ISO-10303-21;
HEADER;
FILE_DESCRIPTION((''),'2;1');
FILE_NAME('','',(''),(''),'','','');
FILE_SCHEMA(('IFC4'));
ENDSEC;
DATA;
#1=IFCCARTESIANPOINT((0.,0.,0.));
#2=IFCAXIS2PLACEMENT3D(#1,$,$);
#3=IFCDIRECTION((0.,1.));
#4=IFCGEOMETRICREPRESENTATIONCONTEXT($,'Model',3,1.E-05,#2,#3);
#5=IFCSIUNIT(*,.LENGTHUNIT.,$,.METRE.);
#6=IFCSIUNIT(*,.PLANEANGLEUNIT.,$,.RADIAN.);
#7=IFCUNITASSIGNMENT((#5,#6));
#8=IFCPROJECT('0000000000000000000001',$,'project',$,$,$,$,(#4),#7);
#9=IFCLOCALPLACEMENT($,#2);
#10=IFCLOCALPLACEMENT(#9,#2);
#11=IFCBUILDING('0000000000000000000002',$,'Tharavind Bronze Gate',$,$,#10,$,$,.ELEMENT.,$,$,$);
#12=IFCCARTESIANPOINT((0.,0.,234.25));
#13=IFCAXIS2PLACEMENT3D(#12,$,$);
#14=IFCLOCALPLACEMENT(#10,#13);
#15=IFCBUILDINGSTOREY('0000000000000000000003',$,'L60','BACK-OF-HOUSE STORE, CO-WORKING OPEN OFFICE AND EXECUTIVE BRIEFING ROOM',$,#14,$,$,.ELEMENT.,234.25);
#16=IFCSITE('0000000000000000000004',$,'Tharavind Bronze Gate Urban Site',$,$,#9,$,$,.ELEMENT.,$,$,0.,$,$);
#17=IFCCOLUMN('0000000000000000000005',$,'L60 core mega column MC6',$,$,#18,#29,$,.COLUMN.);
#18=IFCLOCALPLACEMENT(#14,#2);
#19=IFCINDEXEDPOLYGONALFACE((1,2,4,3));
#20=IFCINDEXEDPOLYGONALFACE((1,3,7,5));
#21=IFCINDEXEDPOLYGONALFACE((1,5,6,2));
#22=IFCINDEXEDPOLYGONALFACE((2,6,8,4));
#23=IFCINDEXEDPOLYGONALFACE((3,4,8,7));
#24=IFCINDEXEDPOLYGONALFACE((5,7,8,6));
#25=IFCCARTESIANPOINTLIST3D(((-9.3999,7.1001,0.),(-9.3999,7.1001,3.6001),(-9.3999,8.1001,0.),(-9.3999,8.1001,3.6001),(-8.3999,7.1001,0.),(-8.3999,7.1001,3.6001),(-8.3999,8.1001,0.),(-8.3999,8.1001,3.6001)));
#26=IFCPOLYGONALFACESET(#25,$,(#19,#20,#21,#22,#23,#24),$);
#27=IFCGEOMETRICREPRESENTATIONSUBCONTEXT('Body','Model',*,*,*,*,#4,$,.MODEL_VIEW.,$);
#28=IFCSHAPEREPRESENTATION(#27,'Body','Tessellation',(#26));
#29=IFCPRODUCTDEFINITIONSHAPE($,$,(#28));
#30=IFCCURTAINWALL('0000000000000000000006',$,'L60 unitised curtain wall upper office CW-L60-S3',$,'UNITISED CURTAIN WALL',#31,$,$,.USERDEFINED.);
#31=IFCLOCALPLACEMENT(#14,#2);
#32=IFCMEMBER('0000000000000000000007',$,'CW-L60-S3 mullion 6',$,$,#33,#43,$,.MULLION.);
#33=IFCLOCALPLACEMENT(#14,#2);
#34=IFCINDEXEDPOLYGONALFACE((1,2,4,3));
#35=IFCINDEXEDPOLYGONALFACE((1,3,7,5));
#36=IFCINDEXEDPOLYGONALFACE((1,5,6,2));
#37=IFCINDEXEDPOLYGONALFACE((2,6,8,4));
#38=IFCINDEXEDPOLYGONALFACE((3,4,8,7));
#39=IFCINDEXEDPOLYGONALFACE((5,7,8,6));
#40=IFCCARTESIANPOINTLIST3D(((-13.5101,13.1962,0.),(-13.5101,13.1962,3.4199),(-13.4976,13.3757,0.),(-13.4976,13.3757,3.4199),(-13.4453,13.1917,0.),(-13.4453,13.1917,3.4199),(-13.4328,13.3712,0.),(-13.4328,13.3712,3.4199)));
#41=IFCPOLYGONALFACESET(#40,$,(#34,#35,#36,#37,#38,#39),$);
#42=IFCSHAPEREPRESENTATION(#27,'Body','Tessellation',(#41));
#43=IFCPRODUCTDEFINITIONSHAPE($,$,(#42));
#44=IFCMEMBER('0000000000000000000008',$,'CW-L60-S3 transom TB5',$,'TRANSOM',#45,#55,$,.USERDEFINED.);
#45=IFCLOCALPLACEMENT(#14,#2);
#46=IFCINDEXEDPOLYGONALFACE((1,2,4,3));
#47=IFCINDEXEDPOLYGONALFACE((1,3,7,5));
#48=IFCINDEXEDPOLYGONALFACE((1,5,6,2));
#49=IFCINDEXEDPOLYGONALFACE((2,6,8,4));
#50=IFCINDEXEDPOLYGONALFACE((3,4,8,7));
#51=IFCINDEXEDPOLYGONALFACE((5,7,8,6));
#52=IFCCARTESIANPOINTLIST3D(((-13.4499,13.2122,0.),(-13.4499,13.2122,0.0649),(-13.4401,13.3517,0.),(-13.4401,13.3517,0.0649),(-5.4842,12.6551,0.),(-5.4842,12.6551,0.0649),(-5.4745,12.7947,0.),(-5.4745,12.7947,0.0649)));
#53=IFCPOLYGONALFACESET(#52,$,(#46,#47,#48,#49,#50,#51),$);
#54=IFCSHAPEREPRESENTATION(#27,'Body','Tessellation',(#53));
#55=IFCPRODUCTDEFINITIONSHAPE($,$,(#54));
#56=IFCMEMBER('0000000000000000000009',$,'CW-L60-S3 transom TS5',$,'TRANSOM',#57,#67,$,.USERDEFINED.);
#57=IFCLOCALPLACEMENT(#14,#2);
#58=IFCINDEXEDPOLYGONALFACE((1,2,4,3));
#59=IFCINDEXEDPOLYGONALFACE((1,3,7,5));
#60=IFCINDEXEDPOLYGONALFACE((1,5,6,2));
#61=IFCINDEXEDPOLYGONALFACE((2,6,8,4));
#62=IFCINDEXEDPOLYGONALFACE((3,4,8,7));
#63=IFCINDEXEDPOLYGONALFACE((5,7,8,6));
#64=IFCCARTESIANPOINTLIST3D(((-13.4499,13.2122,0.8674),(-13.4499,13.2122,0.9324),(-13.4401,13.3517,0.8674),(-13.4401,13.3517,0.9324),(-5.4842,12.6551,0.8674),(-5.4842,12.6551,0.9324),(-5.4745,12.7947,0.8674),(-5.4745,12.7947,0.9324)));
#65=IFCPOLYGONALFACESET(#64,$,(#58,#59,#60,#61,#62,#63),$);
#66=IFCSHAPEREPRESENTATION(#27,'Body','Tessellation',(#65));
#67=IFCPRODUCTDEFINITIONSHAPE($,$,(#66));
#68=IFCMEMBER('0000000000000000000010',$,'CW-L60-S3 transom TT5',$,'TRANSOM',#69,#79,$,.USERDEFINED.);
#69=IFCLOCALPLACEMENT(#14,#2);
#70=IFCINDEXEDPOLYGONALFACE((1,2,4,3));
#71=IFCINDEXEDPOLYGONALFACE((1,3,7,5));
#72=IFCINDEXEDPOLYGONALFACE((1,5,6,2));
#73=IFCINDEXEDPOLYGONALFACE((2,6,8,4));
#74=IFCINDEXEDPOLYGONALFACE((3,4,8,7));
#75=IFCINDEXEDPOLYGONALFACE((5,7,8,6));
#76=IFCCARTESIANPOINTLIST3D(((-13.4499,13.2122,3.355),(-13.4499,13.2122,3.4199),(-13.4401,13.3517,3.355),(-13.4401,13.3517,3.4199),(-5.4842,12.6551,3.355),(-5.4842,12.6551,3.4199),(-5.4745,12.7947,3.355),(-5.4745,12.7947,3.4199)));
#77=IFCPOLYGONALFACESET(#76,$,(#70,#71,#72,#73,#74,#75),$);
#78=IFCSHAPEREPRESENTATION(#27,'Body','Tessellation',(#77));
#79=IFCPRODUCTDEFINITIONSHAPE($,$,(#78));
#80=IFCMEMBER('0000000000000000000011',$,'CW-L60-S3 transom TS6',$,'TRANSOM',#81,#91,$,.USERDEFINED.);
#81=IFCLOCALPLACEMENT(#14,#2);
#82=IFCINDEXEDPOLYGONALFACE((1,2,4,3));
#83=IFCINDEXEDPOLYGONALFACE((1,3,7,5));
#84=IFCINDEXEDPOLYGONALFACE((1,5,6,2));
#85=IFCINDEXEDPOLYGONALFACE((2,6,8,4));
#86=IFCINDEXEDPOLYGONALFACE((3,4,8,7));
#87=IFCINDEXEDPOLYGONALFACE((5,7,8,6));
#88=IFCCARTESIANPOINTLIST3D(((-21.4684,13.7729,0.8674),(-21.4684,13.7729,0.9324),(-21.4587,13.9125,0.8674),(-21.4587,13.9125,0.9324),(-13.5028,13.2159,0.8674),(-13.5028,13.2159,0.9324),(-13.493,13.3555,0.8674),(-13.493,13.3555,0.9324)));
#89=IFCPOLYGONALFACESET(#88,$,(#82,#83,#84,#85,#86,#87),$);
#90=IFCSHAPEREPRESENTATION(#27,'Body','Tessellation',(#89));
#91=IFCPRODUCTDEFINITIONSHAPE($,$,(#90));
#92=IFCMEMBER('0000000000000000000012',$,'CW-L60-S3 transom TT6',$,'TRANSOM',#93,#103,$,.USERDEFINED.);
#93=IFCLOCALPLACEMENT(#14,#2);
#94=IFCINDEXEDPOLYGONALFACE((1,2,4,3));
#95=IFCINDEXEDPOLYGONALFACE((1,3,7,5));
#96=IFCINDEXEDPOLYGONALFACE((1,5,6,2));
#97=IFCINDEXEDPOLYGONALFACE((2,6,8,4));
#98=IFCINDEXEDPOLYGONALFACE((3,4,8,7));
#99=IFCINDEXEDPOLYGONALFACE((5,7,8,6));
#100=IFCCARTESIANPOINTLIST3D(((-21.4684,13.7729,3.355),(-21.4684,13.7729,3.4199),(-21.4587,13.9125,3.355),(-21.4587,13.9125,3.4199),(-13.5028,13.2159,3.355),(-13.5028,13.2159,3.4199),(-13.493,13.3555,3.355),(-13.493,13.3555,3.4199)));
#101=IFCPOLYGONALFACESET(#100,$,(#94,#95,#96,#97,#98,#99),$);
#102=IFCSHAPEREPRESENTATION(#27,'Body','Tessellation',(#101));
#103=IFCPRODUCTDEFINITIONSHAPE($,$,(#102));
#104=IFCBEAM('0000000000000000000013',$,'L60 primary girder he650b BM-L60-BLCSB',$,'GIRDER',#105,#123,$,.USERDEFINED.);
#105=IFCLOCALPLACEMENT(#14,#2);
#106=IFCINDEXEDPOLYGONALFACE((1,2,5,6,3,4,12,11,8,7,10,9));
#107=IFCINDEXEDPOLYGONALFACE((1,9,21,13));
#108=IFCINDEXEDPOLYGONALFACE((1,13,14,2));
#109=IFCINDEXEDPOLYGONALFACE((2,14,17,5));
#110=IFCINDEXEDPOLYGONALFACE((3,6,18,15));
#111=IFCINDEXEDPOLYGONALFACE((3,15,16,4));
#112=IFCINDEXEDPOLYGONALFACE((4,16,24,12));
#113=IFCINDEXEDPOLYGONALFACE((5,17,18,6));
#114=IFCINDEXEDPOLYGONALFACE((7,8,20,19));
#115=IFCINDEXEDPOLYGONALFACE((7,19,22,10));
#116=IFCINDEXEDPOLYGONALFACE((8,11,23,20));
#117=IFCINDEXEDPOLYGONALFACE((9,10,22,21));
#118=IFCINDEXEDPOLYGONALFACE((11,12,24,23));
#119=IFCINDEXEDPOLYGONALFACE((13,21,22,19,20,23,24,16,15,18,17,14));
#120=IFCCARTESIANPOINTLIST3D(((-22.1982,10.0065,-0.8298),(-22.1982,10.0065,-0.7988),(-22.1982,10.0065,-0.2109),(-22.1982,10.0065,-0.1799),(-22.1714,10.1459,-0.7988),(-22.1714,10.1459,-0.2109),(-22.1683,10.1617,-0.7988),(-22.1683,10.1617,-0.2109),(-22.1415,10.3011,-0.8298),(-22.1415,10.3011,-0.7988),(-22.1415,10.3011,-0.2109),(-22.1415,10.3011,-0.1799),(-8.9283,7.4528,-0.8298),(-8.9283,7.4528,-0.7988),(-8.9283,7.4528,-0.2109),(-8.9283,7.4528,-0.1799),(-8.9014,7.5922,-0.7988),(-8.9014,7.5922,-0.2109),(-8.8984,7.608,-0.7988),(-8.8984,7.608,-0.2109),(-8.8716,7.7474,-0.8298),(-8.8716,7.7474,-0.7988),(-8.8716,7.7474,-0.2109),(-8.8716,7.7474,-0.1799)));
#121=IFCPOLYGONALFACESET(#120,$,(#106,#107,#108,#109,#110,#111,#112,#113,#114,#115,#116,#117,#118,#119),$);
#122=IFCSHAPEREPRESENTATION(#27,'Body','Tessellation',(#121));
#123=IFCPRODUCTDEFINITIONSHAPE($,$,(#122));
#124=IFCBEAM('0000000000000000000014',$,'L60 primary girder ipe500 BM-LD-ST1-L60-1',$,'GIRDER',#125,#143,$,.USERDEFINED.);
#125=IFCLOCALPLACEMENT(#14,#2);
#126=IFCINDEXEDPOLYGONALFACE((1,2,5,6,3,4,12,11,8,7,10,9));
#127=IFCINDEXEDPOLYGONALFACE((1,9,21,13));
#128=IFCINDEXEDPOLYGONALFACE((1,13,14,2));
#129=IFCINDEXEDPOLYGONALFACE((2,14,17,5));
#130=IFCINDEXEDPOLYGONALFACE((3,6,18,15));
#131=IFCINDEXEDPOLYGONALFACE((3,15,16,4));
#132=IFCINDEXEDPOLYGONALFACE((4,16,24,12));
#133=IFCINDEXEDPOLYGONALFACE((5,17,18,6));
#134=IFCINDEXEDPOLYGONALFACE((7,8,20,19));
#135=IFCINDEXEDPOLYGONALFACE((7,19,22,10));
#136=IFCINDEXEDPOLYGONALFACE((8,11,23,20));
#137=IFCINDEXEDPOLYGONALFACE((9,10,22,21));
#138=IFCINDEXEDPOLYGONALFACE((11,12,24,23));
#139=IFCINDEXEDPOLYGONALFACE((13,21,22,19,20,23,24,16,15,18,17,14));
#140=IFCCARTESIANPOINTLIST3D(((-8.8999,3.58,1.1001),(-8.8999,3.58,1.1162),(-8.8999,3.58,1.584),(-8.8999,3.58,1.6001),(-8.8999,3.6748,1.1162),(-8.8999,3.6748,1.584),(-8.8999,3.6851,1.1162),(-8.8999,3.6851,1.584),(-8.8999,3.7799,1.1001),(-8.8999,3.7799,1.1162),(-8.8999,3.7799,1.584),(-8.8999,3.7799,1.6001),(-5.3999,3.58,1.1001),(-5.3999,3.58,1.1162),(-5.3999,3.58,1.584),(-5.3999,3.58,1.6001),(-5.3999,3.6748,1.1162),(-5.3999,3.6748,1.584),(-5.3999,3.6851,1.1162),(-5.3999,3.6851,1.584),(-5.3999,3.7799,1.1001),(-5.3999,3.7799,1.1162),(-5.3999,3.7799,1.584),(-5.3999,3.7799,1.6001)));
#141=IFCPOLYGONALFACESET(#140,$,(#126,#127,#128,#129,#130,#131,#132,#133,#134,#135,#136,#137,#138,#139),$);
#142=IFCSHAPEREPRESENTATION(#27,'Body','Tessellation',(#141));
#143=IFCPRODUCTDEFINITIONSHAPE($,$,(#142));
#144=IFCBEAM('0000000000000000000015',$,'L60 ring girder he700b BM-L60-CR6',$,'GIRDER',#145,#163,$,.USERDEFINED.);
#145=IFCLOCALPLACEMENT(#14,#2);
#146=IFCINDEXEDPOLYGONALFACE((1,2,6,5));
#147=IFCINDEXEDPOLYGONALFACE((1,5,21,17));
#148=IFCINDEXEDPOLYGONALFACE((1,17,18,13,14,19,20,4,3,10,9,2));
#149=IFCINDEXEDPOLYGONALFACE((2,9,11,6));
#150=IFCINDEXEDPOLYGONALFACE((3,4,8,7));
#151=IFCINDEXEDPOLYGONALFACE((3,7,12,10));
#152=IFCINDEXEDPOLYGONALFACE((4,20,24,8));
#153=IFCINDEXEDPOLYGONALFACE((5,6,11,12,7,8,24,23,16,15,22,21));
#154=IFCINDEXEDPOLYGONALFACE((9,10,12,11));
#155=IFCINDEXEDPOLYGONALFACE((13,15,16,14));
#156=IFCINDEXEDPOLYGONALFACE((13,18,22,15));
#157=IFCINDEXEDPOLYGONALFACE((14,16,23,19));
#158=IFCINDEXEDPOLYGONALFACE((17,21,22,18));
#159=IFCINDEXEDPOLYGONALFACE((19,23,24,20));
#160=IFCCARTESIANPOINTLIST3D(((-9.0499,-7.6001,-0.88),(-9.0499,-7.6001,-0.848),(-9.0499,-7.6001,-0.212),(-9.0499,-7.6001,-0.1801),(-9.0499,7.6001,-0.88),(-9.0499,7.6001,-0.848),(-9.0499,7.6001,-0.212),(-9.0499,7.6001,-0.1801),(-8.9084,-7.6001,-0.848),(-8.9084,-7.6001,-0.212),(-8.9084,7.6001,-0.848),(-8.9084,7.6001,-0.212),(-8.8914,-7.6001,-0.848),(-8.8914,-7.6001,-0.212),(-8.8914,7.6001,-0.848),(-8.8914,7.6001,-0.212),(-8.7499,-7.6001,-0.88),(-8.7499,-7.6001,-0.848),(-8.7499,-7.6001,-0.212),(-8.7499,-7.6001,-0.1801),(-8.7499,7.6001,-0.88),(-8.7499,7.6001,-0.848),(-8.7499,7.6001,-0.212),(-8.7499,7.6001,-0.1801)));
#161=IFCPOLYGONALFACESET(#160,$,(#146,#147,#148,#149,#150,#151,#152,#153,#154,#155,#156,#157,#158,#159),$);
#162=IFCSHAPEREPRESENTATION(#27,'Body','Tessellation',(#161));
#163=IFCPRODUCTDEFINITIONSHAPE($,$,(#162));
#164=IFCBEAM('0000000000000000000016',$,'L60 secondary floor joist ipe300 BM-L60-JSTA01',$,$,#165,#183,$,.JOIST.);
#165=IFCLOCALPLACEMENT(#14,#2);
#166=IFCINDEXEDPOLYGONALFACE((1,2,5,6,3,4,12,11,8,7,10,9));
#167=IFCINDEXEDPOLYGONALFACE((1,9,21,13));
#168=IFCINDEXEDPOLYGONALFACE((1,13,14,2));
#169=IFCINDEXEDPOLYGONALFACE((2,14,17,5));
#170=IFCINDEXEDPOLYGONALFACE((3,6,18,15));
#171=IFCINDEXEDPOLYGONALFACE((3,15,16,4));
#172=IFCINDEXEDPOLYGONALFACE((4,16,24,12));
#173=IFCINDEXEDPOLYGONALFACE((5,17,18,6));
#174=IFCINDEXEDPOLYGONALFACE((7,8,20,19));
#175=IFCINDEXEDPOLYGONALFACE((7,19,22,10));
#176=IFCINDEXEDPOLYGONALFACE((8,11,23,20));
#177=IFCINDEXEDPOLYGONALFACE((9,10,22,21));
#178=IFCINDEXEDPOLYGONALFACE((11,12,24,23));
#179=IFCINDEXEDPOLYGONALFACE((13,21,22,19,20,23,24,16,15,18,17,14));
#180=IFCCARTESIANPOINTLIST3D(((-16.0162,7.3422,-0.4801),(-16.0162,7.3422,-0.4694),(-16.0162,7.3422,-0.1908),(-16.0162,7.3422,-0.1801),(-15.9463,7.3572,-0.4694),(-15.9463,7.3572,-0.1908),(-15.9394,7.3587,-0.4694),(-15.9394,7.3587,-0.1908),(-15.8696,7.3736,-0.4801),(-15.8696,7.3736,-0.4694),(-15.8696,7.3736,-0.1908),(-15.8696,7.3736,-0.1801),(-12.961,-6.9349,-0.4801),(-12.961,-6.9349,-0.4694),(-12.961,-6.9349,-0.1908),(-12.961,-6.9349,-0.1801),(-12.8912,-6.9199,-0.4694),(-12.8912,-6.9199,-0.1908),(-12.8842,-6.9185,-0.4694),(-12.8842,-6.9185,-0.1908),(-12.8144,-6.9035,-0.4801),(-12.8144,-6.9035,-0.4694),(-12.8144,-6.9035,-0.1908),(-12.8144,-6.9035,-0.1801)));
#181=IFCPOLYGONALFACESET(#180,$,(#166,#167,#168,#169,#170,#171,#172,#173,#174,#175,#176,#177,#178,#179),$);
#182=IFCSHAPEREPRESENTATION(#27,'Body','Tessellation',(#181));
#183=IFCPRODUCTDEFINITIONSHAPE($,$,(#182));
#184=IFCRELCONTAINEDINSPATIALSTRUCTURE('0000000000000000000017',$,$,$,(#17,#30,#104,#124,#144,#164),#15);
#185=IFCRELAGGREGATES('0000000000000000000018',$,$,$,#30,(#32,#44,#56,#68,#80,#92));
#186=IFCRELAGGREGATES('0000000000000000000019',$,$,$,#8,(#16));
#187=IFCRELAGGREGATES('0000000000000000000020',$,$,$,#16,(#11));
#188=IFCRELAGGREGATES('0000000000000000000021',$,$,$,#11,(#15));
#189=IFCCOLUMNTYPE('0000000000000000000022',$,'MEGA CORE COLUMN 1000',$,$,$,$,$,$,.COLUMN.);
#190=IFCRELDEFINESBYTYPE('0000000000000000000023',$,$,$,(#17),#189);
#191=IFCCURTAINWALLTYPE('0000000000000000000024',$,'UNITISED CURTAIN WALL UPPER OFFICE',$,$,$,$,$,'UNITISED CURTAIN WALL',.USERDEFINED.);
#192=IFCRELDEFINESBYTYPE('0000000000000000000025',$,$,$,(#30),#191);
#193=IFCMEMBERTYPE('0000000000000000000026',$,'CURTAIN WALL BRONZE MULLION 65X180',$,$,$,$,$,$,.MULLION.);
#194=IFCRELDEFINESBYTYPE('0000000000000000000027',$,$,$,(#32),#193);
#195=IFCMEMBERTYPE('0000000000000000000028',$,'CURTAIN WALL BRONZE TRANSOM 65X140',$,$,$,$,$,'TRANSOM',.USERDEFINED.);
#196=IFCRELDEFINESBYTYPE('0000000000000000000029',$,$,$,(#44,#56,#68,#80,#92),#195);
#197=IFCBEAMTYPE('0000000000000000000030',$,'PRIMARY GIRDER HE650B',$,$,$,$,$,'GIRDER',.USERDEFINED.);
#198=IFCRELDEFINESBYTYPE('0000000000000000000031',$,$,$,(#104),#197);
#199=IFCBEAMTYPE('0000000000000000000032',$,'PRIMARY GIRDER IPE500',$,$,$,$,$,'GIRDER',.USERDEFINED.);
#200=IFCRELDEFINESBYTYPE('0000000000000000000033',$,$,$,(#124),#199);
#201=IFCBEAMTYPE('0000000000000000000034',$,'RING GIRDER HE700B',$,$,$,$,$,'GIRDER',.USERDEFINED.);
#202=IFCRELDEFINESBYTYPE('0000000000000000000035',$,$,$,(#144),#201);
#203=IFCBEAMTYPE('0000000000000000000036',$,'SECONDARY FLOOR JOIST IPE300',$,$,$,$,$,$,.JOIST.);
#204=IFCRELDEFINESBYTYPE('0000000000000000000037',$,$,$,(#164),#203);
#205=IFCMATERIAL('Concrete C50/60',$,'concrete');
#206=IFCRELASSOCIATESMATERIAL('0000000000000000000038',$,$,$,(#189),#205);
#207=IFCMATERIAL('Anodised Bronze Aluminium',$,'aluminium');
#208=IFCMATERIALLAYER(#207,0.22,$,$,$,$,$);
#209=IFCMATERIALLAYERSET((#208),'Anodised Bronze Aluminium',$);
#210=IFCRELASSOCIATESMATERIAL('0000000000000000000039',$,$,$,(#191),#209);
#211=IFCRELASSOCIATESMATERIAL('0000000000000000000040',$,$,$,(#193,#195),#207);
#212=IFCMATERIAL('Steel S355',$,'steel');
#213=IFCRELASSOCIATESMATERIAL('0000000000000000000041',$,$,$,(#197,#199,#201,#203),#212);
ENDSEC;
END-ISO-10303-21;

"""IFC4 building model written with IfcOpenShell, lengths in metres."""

from ifc_helpers import new_model, si_unit, direction, frame, origin, origin_2d, place, context, subcontext, project, spatial, rectangle, i_section, extrude, material, layer, layer_set, material_profile, profile_set, type_object, element, aggregate, save


model = new_model("IFC4")

# Units and contexts
model_context = context("Model", 3, precision=1e-05, world=origin(), true_north=direction((0.0, 1.0)))
body_context = subcontext(model_context, "Body", "Model", "MODEL_VIEW")
ifc_project = project(units=[si_unit("LENGTHUNIT", "METRE"), si_unit("PLANEANGLEUNIT", "RADIAN")], contexts=[model_context])

# Site, building, storey
site_placement = place(None, origin())
site = spatial("IfcSite", under=ifc_project, at=site_placement, Name="Tharavind Bronze Gate Urban Site", CompositionType="ELEMENT", RefElevation=0.0)
building_placement = place(site_placement, origin())
building = spatial("IfcBuilding", under=site, at=building_placement, Name="Tharavind Bronze Gate", CompositionType="ELEMENT")
storey_placement = place(building_placement, frame((0.0, 0.0, 234.25)))
storey = spatial("IfcBuildingStorey", under=building, at=storey_placement, Name="L60", Description="BACK-OF-HOUSE STORE, CO-WORKING OPEN OFFICE AND EXECUTIVE BRIEFING ROOM", CompositionType="ELEMENT", Elevation=234.25)

# Column
ifc_material_1 = material(Name="Concrete C50/60", Category="concrete")
ifc_material_profile_1 = material_profile(ifc_material_1, rectangle(XDim=1.0, YDim=1.0, at=origin_2d()), Name="RCCOL1000")
ifc_profile_set_1 = profile_set([ifc_material_profile_1], Name="Concrete C50/60")
column_type = type_object("IfcColumnType", Name="MEGA CORE COLUMN 1000", PredefinedType="COLUMN", material=ifc_profile_set_1)
column_placement = place(storey_placement, frame((-8.8999, 7.6001, 0.0), z_axis=(0.0, 0.0, 1.0), x_axis=(1.0, 0.0, 0.0)))
element("IfcColumn", 1, at=column_placement, inside=storey, type_object=column_type, Name="L60 core mega column MC6", PredefinedType="COLUMN", context=body_context, shape_type="SweptSolid", body=[
    extrude(rectangle(XDim=1.0, YDim=1.0, at=origin_2d()), origin(), (0.0, 0.0, 1.0), 3.6001),
])

# Curtain wall, members
ifc_material_2 = material(Name="Anodised Bronze Aluminium", Category="aluminium")
ifc_layer_1 = layer(ifc_material_2, 0.22)
ifc_layer_set_1 = layer_set([ifc_layer_1], Name="Anodised Bronze Aluminium")
curtain_wall_type = type_object("IfcCurtainWallType", Name="UNITISED CURTAIN WALL UPPER OFFICE", ElementType="UNITISED CURTAIN WALL", PredefinedType="USERDEFINED", material=ifc_layer_set_1)
curtain_wall_placement = place(storey_placement, origin())
curtain_wall = element("IfcCurtainWall", 2, at=curtain_wall_placement, inside=storey, type_object=curtain_wall_type, Name="L60 unitised curtain wall upper office CW-L60-S3", ObjectType="UNITISED CURTAIN WALL", PredefinedType="USERDEFINED")
member_type_1 = type_object("IfcMemberType", Name="CURTAIN WALL BRONZE MULLION 65X180", PredefinedType="MULLION", material=ifc_material_2)
member_1_placement = place(storey_placement, frame((-13.4714, 13.2837, 0.0), z_axis=(0.0, 0.0, 1.0), x_axis=(-0.997564, 0.069758, 0.0)))
member_1 = element("IfcMember", 3, at=member_1_placement, type_object=member_type_1, Name="CW-L60-S3 mullion 6", PredefinedType="MULLION", context=body_context, shape_type="SweptSolid", body=[
    extrude(rectangle(XDim=0.0649, YDim=0.1799, at=origin_2d()), origin(), (0.0, 0.0, 1.0), 3.4199),
])
member_type_2 = type_object("IfcMemberType", Name="CURTAIN WALL BRONZE TRANSOM 65X140", ElementType="TRANSOM", PredefinedType="USERDEFINED", material=ifc_material_2)
member_2_placement = place(storey_placement, frame((-9.4622, 13.0034, 0.0), z_axis=(0.0, 0.0, 1.0), x_axis=(-0.997564, 0.069758, 0.0)))
member_2 = element("IfcMember", 4, at=member_2_placement, type_object=member_type_2, Name="CW-L60-S3 transom TB5", ObjectType="TRANSOM", PredefinedType="USERDEFINED", context=body_context, shape_type="SweptSolid", body=[
    extrude(rectangle(XDim=7.9851, YDim=0.1399, at=origin_2d()), origin(), (0.0, 0.0, 1.0), 0.0649),
])
member_3_placement = place(storey_placement, frame((-9.4622, 13.0034, 0.8674), z_axis=(0.0, 0.0, 1.0), x_axis=(-0.997564, 0.069758, 0.0)))
member_3 = element("IfcMember", 5, at=member_3_placement, type_object=member_type_2, Name="CW-L60-S3 transom TS5", ObjectType="TRANSOM", PredefinedType="USERDEFINED", context=body_context, shape_type="SweptSolid", body=[
    extrude(rectangle(XDim=7.9851, YDim=0.1399, at=origin_2d()), origin(), (0.0, 0.0, 1.0), 0.0649),
])
member_4_placement = place(storey_placement, frame((-9.4622, 13.0034, 3.355), z_axis=(0.0, 0.0, 1.0), x_axis=(-0.997564, 0.069758, 0.0)))
member_4 = element("IfcMember", 6, at=member_4_placement, type_object=member_type_2, Name="CW-L60-S3 transom TT5", ObjectType="TRANSOM", PredefinedType="USERDEFINED", context=body_context, shape_type="SweptSolid", body=[
    extrude(rectangle(XDim=7.9851, YDim=0.1399, at=origin_2d()), origin(), (0.0, 0.0, 1.0), 0.0649),
])
member_5_placement = place(storey_placement, frame((-17.4807, 13.5642, 0.8674), z_axis=(0.0, 0.0, 1.0), x_axis=(-0.997564, 0.069758, 0.0)))
member_5 = element("IfcMember", 7, at=member_5_placement, type_object=member_type_2, Name="CW-L60-S3 transom TS6", ObjectType="TRANSOM", PredefinedType="USERDEFINED", context=body_context, shape_type="SweptSolid", body=[
    extrude(rectangle(XDim=7.9851, YDim=0.1399, at=origin_2d()), origin(), (0.0, 0.0, 1.0), 0.0649),
])
member_6_placement = place(storey_placement, frame((-17.4807, 13.5642, 3.355), z_axis=(0.0, 0.0, 1.0), x_axis=(-0.997564, 0.069758, 0.0)))
member_6 = element("IfcMember", 8, at=member_6_placement, type_object=member_type_2, Name="CW-L60-S3 transom TT6", ObjectType="TRANSOM", PredefinedType="USERDEFINED", context=body_context, shape_type="SweptSolid", body=[
    extrude(rectangle(XDim=7.9851, YDim=0.1399, at=origin_2d()), origin(), (0.0, 0.0, 1.0), 0.0649),
])

# Beams
ifc_material_3 = material(Name="Steel S355", Category="steel")
ifc_material_profile_2 = material_profile(ifc_material_3, i_section(OverallWidth=0.3, OverallDepth=0.6499, WebThickness=0.0161, FlangeThickness=0.031, at=origin_2d()), Name="HE650B")
ifc_profile_set_2 = profile_set([ifc_material_profile_2], Name="Steel S355")
beam_type_1 = type_object("IfcBeamType", Name="PRIMARY GIRDER HE650B", ElementType="GIRDER", PredefinedType="USERDEFINED", material=ifc_profile_set_2)
beam_1_placement = place(storey_placement, frame((-8.8999, 7.6001, -0.5049), z_axis=(-0.981982, 0.188975, 0.0), x_axis=(-0.188975, -0.981982, 0.0)))
element("IfcBeam", 9, at=beam_1_placement, inside=storey, type_object=beam_type_1, Name="L60 primary girder he650b BM-L60-BLCSB", ObjectType="GIRDER", PredefinedType="USERDEFINED", context=body_context, shape_type="SweptSolid", body=[
    extrude(i_section(OverallWidth=0.3, OverallDepth=0.6499, WebThickness=0.0161, FlangeThickness=0.031, at=origin_2d()), origin(), (0.0, 0.0, 1.0), 13.5134),
])
ifc_material_profile_3 = material_profile(ifc_material_3, i_section(OverallWidth=0.2, OverallDepth=0.5, WebThickness=0.0103, FlangeThickness=0.0161, at=origin_2d()), Name="IPE500")
ifc_profile_set_3 = profile_set([ifc_material_profile_3], Name="Steel S355")
beam_type_2 = type_object("IfcBeamType", Name="PRIMARY GIRDER IPE500", ElementType="GIRDER", PredefinedType="USERDEFINED", material=ifc_profile_set_3)
beam_2_placement = place(storey_placement, frame((-8.8999, 3.6799, 1.3501), z_axis=(1.0, 0.0, 0.0), x_axis=(0.0, 1.0, 0.0)))
element("IfcBeam", 10, at=beam_2_placement, inside=storey, type_object=beam_type_2, Name="L60 primary girder ipe500 BM-LD-ST1-L60-1", ObjectType="GIRDER", PredefinedType="USERDEFINED", context=body_context, shape_type="SweptSolid", body=[
    extrude(i_section(OverallWidth=0.2, OverallDepth=0.5, WebThickness=0.0103, FlangeThickness=0.0161, at=origin_2d()), origin(), (0.0, 0.0, 1.0), 3.5),
])
ifc_material_profile_4 = material_profile(ifc_material_3, i_section(OverallWidth=0.3, OverallDepth=0.7, WebThickness=0.0171, FlangeThickness=0.032, at=origin_2d()), Name="HE700B")
ifc_profile_set_4 = profile_set([ifc_material_profile_4], Name="Steel S355")
beam_type_3 = type_object("IfcBeamType", Name="RING GIRDER HE700B", ElementType="GIRDER", PredefinedType="USERDEFINED", material=ifc_profile_set_4)
beam_3_placement = place(storey_placement, frame((-8.8999, 7.6001, -0.53), z_axis=(0.0, -1.0, 0.0), x_axis=(1.0, 0.0, 0.0)))
element("IfcBeam", 11, at=beam_3_placement, inside=storey, type_object=beam_type_3, Name="L60 ring girder he700b BM-L60-CR6", ObjectType="GIRDER", PredefinedType="USERDEFINED", context=body_context, shape_type="SweptSolid", body=[
    extrude(i_section(OverallWidth=0.3, OverallDepth=0.7, WebThickness=0.0171, FlangeThickness=0.032, at=origin_2d()), origin(), (0.0, 0.0, 1.0), 15.2002),
])
ifc_material_profile_5 = material_profile(ifc_material_3, i_section(OverallWidth=0.1499, OverallDepth=0.3, WebThickness=0.0071, FlangeThickness=0.0107, at=origin_2d()), Name="IPE300")
ifc_profile_set_5 = profile_set([ifc_material_profile_5], Name="Steel S355")
beam_type_4 = type_object("IfcBeamType", Name="SECONDARY FLOOR JOIST IPE300", PredefinedType="JOIST", material=ifc_profile_set_5)
beam_4_placement = place(storey_placement, frame((-15.9429, 7.3579, -0.3301), z_axis=(0.209254, -0.977861, 0.0), x_axis=(0.977861, 0.209254, 0.0)))
element("IfcBeam", 12, at=beam_4_placement, inside=storey, type_object=beam_type_4, Name="L60 secondary floor joist ipe300 BM-L60-JSTA01", PredefinedType="JOIST", context=body_context, shape_type="SweptSolid", body=[
    extrude(i_section(OverallWidth=0.1499, OverallDepth=0.3, WebThickness=0.0071, FlangeThickness=0.0107, at=origin_2d()), origin(), (0.0, 0.0, 1.0), 14.6003),
])

aggregate(curtain_wall, [member_1, member_2, member_3, member_4, member_5, member_6])

save(model, "model.ifc")
